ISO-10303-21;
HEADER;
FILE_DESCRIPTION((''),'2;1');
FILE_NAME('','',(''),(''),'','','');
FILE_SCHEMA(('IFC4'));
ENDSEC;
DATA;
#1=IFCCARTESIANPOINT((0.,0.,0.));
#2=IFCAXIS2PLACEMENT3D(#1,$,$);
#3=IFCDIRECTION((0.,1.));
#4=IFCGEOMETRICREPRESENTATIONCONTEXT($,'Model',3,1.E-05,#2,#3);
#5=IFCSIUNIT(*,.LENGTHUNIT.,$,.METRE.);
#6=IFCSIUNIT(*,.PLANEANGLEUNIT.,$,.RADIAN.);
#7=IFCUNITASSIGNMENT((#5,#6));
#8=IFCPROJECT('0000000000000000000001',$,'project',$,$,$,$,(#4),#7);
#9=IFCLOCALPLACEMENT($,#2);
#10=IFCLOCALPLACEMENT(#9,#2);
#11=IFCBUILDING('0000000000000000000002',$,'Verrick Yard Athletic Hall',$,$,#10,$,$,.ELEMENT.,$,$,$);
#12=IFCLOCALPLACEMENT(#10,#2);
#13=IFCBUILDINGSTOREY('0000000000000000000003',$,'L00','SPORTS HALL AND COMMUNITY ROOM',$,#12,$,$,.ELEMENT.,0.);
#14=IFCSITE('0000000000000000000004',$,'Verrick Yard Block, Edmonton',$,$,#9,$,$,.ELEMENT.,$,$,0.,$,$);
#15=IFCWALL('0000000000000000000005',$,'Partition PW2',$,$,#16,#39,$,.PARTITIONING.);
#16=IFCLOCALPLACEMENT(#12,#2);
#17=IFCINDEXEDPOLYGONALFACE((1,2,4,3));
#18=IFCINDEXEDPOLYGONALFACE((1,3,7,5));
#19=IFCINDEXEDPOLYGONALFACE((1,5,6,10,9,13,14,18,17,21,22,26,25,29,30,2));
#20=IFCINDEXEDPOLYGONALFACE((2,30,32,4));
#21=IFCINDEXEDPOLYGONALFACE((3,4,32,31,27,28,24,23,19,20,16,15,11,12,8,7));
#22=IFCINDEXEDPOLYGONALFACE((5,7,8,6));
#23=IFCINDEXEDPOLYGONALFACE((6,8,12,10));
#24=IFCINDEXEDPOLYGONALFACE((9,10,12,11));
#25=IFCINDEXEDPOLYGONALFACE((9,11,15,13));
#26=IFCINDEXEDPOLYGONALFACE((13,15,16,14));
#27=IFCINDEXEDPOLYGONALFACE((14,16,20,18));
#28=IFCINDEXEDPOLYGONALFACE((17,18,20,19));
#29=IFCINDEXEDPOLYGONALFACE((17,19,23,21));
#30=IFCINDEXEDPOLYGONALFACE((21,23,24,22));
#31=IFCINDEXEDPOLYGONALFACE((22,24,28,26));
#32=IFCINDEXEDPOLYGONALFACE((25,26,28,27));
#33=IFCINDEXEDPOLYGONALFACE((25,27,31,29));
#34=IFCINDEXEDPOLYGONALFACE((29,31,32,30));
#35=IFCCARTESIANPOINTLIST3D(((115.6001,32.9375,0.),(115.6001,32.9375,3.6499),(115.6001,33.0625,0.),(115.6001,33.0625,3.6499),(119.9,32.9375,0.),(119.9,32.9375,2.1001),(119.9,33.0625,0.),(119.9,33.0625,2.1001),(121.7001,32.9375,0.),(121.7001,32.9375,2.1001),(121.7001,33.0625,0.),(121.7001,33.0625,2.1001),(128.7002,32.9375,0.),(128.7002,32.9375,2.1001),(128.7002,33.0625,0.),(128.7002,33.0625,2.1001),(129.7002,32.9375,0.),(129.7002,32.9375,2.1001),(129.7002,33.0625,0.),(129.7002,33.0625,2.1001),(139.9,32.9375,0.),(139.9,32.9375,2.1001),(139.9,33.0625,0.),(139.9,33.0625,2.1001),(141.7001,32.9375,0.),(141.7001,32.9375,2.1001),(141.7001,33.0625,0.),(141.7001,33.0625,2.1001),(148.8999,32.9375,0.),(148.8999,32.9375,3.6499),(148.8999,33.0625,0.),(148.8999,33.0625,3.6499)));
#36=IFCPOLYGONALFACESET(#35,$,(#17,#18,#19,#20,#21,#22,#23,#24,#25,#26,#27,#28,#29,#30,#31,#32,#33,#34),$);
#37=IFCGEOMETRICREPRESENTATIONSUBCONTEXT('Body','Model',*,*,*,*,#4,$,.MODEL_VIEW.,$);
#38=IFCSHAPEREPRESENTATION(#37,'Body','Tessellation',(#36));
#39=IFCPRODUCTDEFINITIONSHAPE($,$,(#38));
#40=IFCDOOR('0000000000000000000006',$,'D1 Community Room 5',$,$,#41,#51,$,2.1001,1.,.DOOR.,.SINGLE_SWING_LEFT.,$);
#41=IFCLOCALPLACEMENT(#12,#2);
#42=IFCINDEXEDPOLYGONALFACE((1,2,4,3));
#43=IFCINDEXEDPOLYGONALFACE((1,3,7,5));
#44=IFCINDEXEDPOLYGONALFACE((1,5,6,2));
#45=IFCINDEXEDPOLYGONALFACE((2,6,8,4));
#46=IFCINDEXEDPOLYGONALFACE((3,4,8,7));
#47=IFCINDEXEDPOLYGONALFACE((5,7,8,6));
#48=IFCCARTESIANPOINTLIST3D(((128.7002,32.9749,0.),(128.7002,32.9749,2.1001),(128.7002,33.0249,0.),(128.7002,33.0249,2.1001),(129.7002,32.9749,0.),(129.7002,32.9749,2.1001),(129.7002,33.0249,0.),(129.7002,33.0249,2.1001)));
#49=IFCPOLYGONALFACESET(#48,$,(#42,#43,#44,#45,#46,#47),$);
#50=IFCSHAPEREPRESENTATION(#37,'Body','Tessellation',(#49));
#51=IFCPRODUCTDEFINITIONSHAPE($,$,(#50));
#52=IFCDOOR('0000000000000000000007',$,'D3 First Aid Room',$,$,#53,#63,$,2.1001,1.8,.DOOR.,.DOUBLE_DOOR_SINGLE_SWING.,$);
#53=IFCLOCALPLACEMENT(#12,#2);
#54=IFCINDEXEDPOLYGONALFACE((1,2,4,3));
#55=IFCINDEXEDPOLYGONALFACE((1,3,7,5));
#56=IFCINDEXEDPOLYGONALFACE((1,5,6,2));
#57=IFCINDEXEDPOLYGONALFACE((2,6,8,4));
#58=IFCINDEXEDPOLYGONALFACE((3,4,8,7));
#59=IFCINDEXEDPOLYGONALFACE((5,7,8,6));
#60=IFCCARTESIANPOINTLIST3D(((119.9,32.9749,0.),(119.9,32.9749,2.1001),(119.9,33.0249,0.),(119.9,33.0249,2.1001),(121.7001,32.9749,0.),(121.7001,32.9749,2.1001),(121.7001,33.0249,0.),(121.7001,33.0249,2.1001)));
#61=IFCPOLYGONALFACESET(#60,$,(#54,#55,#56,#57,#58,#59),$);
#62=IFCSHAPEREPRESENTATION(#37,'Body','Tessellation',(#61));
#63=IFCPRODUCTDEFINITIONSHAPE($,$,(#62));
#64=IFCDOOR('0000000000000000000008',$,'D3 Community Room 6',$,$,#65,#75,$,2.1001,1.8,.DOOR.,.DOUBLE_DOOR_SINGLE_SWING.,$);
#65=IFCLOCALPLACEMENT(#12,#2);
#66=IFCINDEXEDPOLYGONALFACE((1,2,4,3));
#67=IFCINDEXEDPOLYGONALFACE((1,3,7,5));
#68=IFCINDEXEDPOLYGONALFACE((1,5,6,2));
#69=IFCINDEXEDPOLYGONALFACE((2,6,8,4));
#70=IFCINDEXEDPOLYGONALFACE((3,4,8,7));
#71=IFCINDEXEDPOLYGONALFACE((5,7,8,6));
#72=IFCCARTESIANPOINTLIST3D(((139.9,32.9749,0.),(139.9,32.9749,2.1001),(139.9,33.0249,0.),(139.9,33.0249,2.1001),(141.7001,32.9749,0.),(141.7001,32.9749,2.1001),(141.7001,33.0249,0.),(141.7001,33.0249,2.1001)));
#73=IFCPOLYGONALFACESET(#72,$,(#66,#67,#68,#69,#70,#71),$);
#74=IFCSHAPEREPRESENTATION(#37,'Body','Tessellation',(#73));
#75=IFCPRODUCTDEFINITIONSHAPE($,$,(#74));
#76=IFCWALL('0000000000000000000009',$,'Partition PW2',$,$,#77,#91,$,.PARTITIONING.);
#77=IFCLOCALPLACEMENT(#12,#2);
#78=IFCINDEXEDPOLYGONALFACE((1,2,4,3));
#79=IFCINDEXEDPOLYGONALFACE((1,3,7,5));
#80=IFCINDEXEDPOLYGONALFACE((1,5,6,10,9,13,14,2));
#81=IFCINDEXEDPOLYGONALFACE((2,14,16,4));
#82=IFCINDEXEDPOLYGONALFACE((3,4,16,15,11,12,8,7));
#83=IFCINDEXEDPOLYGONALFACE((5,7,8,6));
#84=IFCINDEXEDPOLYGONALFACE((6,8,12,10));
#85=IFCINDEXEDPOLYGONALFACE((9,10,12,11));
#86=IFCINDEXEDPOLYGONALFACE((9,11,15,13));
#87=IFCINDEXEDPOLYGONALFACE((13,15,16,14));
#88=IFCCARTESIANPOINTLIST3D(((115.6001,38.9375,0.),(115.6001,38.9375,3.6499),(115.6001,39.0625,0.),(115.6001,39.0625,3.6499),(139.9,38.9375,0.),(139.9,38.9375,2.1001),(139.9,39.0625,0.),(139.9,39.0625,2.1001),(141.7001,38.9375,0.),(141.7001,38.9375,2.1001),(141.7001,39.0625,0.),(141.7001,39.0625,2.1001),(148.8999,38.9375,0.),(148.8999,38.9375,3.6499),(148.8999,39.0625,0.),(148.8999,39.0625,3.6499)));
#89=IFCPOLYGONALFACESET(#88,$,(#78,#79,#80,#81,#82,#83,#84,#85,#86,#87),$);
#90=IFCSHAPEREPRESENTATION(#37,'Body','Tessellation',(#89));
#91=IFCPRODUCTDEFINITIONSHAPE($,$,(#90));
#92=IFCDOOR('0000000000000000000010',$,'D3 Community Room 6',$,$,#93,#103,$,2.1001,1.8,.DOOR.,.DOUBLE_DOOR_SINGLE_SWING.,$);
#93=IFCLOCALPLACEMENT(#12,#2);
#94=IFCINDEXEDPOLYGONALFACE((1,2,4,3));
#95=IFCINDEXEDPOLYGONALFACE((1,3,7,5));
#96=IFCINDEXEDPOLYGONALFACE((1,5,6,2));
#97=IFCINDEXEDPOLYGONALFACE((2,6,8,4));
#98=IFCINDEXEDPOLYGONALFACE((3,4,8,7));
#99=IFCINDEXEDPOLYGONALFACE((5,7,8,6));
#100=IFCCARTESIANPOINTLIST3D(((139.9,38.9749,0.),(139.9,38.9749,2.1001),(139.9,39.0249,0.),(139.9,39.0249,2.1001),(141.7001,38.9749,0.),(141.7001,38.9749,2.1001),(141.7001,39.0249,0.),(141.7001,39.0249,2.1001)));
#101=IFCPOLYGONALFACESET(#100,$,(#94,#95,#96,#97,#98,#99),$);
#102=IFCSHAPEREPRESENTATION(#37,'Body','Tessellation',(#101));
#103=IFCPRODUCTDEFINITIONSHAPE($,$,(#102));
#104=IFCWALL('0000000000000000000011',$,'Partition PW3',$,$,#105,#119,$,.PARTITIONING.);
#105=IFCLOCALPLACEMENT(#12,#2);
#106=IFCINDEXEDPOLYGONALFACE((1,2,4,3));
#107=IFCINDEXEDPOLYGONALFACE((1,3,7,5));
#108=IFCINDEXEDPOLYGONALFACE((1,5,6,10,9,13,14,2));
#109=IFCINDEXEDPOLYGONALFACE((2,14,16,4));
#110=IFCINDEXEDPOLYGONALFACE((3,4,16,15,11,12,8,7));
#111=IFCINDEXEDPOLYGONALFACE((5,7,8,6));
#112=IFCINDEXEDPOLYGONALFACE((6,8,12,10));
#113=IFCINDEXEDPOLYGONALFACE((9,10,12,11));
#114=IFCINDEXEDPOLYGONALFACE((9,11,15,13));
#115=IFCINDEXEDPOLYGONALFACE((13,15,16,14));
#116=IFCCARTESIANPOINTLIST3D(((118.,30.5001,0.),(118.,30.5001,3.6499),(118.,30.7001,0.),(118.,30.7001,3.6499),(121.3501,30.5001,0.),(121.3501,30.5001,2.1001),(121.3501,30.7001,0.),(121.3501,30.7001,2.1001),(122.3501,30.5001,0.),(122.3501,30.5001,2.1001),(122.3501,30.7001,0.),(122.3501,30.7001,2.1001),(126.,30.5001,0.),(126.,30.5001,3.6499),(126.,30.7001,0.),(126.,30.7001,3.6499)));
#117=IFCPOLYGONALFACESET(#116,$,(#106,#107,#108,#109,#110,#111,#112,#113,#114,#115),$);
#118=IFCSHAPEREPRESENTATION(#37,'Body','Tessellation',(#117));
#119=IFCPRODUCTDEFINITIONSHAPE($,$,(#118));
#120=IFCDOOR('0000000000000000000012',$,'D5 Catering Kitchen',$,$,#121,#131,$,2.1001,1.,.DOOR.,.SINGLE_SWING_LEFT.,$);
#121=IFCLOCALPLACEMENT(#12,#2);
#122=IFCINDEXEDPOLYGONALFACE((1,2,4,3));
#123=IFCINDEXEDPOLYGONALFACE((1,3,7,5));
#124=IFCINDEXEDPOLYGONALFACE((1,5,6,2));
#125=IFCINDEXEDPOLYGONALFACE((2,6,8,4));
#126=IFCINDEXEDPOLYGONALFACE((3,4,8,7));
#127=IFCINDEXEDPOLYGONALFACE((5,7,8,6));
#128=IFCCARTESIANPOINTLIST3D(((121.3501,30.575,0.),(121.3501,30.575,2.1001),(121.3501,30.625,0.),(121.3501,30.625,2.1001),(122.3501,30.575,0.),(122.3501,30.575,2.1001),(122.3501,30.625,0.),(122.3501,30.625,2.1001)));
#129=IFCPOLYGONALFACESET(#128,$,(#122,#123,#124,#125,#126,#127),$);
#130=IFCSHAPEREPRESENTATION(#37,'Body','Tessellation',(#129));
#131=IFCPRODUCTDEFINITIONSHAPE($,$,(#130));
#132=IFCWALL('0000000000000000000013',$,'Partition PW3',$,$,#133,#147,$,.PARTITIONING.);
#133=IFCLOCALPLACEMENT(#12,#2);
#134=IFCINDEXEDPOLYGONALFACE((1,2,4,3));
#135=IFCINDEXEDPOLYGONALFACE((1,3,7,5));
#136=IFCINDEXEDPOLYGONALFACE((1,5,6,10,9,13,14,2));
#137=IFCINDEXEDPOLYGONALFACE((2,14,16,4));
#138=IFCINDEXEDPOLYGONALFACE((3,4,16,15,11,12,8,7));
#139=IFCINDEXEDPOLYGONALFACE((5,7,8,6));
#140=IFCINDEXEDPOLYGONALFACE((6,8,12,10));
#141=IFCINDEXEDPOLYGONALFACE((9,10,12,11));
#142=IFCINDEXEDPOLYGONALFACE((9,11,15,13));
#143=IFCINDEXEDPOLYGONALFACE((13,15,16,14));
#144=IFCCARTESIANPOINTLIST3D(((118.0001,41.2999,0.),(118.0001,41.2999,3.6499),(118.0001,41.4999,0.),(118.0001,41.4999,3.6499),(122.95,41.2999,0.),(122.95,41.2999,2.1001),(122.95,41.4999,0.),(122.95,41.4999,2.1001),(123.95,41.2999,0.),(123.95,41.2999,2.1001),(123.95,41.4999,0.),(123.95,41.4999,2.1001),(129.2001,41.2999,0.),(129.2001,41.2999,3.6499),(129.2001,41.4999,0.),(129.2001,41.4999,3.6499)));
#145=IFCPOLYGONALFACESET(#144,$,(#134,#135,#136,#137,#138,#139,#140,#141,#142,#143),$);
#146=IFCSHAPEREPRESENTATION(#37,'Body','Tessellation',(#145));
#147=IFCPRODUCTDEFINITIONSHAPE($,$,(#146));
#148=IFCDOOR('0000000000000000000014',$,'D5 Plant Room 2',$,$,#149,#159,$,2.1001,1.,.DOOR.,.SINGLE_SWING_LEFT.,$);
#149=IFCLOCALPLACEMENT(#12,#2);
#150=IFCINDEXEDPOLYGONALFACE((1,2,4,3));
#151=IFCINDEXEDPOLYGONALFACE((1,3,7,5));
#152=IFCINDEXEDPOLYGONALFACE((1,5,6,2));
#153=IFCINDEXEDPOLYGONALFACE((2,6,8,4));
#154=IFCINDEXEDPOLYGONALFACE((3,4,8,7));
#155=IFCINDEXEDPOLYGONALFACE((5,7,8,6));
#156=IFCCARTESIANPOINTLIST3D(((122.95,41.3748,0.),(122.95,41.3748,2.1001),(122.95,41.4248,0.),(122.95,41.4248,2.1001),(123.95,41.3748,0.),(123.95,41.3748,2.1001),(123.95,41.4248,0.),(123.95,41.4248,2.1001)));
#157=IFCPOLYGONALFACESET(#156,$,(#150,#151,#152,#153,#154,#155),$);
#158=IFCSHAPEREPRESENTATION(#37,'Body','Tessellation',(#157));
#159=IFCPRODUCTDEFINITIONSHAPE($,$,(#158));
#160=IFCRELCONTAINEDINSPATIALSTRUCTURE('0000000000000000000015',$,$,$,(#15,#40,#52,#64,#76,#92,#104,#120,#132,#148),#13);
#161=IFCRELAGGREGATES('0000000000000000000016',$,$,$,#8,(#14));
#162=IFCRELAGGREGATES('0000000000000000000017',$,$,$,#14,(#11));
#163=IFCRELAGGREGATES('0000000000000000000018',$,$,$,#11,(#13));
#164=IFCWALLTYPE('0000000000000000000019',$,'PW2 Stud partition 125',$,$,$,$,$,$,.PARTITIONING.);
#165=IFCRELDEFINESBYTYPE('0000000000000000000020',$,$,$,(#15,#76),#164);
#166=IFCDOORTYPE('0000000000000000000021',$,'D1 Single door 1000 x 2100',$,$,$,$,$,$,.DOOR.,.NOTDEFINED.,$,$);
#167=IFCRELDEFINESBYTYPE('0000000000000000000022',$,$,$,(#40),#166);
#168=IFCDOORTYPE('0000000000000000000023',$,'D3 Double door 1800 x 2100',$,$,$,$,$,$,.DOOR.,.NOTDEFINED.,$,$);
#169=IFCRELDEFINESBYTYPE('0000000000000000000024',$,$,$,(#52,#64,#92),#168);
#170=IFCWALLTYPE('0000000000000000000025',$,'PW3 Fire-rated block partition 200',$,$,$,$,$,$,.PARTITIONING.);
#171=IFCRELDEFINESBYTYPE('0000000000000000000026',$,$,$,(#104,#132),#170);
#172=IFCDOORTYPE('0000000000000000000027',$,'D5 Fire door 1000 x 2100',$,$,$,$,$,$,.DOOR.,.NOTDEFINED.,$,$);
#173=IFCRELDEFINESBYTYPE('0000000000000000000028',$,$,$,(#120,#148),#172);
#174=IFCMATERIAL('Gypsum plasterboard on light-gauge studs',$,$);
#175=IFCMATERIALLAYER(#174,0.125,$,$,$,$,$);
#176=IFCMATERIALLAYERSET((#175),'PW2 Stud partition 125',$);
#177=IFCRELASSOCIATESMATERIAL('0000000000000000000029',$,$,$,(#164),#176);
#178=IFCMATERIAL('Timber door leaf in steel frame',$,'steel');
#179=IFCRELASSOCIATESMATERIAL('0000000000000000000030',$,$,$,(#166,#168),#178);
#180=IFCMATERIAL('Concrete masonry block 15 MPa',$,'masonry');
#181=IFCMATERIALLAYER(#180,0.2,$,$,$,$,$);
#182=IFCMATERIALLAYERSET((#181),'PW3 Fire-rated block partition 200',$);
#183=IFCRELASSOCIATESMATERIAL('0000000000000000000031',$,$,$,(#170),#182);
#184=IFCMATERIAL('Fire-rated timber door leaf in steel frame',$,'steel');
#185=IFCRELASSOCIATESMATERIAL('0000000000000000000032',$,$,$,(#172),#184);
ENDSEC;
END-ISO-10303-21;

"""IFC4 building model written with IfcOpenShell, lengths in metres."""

from ifc_helpers import new_model, si_unit, direction, frame, frame_2d, origin, place, context, subcontext, project, spatial, rectangle, extrude, material, layer, layer_set, type_object, element, fill, save


model = new_model("IFC4")

# Units and contexts
model_context = context("Model", 3, precision=1e-05, world=origin(), true_north=direction((0.0, 1.0)))
body_context = subcontext(model_context, "Body", "Model", "MODEL_VIEW")
ifc_project = project(units=[si_unit("LENGTHUNIT", "METRE"), si_unit("PLANEANGLEUNIT", "RADIAN")], contexts=[model_context])

# Site, building, storey
site_placement = place(None, origin())
site = spatial("IfcSite", under=ifc_project, at=site_placement, Name="Verrick Yard Block, Edmonton", CompositionType="ELEMENT", RefElevation=0.0)
building_placement = place(site_placement, origin())
building = spatial("IfcBuilding", under=site, at=building_placement, Name="Verrick Yard Athletic Hall", CompositionType="ELEMENT")
storey_placement = place(building_placement, origin())
storey = spatial("IfcBuildingStorey", under=building, at=storey_placement, Name="L00", Description="SPORTS HALL AND COMMUNITY ROOM", CompositionType="ELEMENT", Elevation=0.0)

# Shared definitions
ifc_material_1 = material(Name="Concrete masonry block 15 MPa", Category="masonry")

# Wall, openings, doors
ifc_material_2 = material(Name="Gypsum plasterboard on light-gauge studs")
ifc_layer_1 = layer(ifc_material_2, 0.125)
ifc_layer_set_1 = layer_set([ifc_layer_1], Name="PW2 Stud partition 125")
wall_type_1 = type_object("IfcWallType", Name="PW2 Stud partition 125", PredefinedType="PARTITIONING", material=ifc_layer_set_1)
wall_1_placement = place(storey_placement, frame((115.6001, 33.0, 0.0), z_axis=(0.0, 0.0, 1.0), x_axis=(1.0, 0.0, 0.0)))
wall_1 = element("IfcWall", 1, at=wall_1_placement, inside=storey, type_object=wall_type_1, Name="Partition PW2", PredefinedType="PARTITIONING", context=body_context, shape_type="SweptSolid", body=[
    extrude(rectangle(XDim=33.2998, YDim=0.125, at=frame_2d((16.6499, 0.0))), origin(), (0.0, 0.0, 1.0), 3.6499),
])
opening_1_placement = place(wall_1_placement, frame((4.3, 0.0, 0.0)))
opening_1 = element("IfcOpeningElement", 2, at=opening_1_placement, cuts=wall_1, PredefinedType="OPENING", context=body_context, shape_type="SweptSolid", body=[
    extrude(rectangle(XDim=1.8, YDim=2.1001, at=frame_2d((0.8999, 1.05))), frame((0.0, 0.0725, 0.0), z_axis=(0.0, -1.0, 0.0), x_axis=(1.0, 0.0, 0.0)), (0.0, 0.0, 1.0), 0.145),
])
opening_2_placement = place(wall_1_placement, frame((13.1001, 0.0, 0.0)))
opening_2 = element("IfcOpeningElement", 3, at=opening_2_placement, cuts=wall_1, PredefinedType="OPENING", context=body_context, shape_type="SweptSolid", body=[
    extrude(rectangle(XDim=1.0, YDim=2.1001, at=frame_2d((0.5, 1.05))), frame((0.0, 0.0725, 0.0), z_axis=(0.0, -1.0, 0.0), x_axis=(1.0, 0.0, 0.0)), (0.0, 0.0, 1.0), 0.145),
])
opening_3_placement = place(wall_1_placement, frame((24.3, 0.0, 0.0)))
opening_3 = element("IfcOpeningElement", 4, at=opening_3_placement, cuts=wall_1, PredefinedType="OPENING", context=body_context, shape_type="SweptSolid", body=[
    extrude(rectangle(XDim=1.8, YDim=2.1001, at=frame_2d((0.8999, 1.05))), frame((0.0, 0.0725, 0.0), z_axis=(0.0, -1.0, 0.0), x_axis=(1.0, 0.0, 0.0)), (0.0, 0.0, 1.0), 0.145),
])
ifc_material_3 = material(Name="Timber door leaf in steel frame", Category="steel")
door_type_1 = type_object("IfcDoorType", Name="D1 Single door 1000 x 2100", OperationType="NOTDEFINED", PredefinedType="DOOR", material=ifc_material_3)
door_1_placement = place(opening_2_placement, origin())
door_1 = element("IfcDoor", 5, at=door_1_placement, inside=storey, type_object=door_type_1, Name="D1 Community Room 5", OperationType="SINGLE_SWING_LEFT", OverallHeight=2.1001, OverallWidth=1.0, PredefinedType="DOOR", context=body_context, shape_type="SweptSolid", body=[
    extrude(rectangle(XDim=1.0, YDim=2.1001, at=frame_2d((0.5, 1.05))), frame((0.0, 0.0249, 0.0), z_axis=(0.0, -1.0, 0.0), x_axis=(1.0, 0.0, 0.0)), (0.0, 0.0, 1.0), 0.05),
])
fill(opening_2, door_1)
door_type_2 = type_object("IfcDoorType", Name="D3 Double door 1800 x 2100", OperationType="NOTDEFINED", PredefinedType="DOOR", material=ifc_material_3)
door_2_placement = place(opening_1_placement, origin())
door_2 = element("IfcDoor", 6, at=door_2_placement, inside=storey, type_object=door_type_2, Name="D3 First Aid Room", OperationType="DOUBLE_DOOR_SINGLE_SWING", OverallHeight=2.1001, OverallWidth=1.8, PredefinedType="DOOR", context=body_context, shape_type="SweptSolid", body=[
    extrude(rectangle(XDim=1.8, YDim=2.1001, at=frame_2d((0.8999, 1.05))), frame((0.0, 0.0249, 0.0), z_axis=(0.0, -1.0, 0.0), x_axis=(1.0, 0.0, 0.0)), (0.0, 0.0, 1.0), 0.05),
])
fill(opening_1, door_2)
door_3_placement = place(opening_3_placement, origin())
door_3 = element("IfcDoor", 7, at=door_3_placement, inside=storey, type_object=door_type_2, Name="D3 Community Room 6", OperationType="DOUBLE_DOOR_SINGLE_SWING", OverallHeight=2.1001, OverallWidth=1.8, PredefinedType="DOOR", context=body_context, shape_type="SweptSolid", body=[
    extrude(rectangle(XDim=1.8, YDim=2.1001, at=frame_2d((0.8999, 1.05))), frame((0.0, 0.0249, 0.0), z_axis=(0.0, -1.0, 0.0), x_axis=(1.0, 0.0, 0.0)), (0.0, 0.0, 1.0), 0.05),
])
fill(opening_3, door_3)

# Walls, openings, doors
wall_2_placement = place(storey_placement, frame((115.6001, 39.0, 0.0), z_axis=(0.0, 0.0, 1.0), x_axis=(1.0, 0.0, 0.0)))
wall_2 = element("IfcWall", 8, at=wall_2_placement, inside=storey, type_object=wall_type_1, Name="Partition PW2", PredefinedType="PARTITIONING", context=body_context, shape_type="SweptSolid", body=[
    extrude(rectangle(XDim=33.2998, YDim=0.125, at=frame_2d((16.6499, 0.0))), origin(), (0.0, 0.0, 1.0), 3.6499),
])
opening_4_placement = place(wall_2_placement, frame((24.3, 0.0, 0.0)))
opening_4 = element("IfcOpeningElement", 9, at=opening_4_placement, cuts=wall_2, PredefinedType="OPENING", context=body_context, shape_type="SweptSolid", body=[
    extrude(rectangle(XDim=1.8, YDim=2.1001, at=frame_2d((0.8999, 1.05))), frame((0.0, 0.0725, 0.0), z_axis=(0.0, -1.0, 0.0), x_axis=(1.0, 0.0, 0.0)), (0.0, 0.0, 1.0), 0.145),
])
door_4_placement = place(opening_4_placement, origin())
door_4 = element("IfcDoor", 10, at=door_4_placement, inside=storey, type_object=door_type_2, Name="D3 Community Room 6", OperationType="DOUBLE_DOOR_SINGLE_SWING", OverallHeight=2.1001, OverallWidth=1.8, PredefinedType="DOOR", context=body_context, shape_type="SweptSolid", body=[
    extrude(rectangle(XDim=1.8, YDim=2.1001, at=frame_2d((0.8999, 1.05))), frame((0.0, 0.0249, 0.0), z_axis=(0.0, -1.0, 0.0), x_axis=(1.0, 0.0, 0.0)), (0.0, 0.0, 1.0), 0.05),
])
fill(opening_4, door_4)
ifc_layer_2 = layer(ifc_material_1, 0.2)
ifc_layer_set_2 = layer_set([ifc_layer_2], Name="PW3 Fire-rated block partition 200")
wall_type_2 = type_object("IfcWallType", Name="PW3 Fire-rated block partition 200", PredefinedType="PARTITIONING", material=ifc_layer_set_2)
wall_3_placement = place(storey_placement, frame((118.0, 30.6001, 0.0), z_axis=(0.0, 0.0, 1.0), x_axis=(1.0, 0.0, 0.0)))
wall_3 = element("IfcWall", 11, at=wall_3_placement, inside=storey, type_object=wall_type_2, Name="Partition PW3", PredefinedType="PARTITIONING", context=body_context, shape_type="SweptSolid", body=[
    extrude(rectangle(XDim=8.0, YDim=0.2, at=frame_2d((4.0, 0.0))), origin(), (0.0, 0.0, 1.0), 3.6499),
])
opening_5_placement = place(wall_3_placement, frame((3.3501, 0.0, 0.0)))
opening_5 = element("IfcOpeningElement", 12, at=opening_5_placement, cuts=wall_3, PredefinedType="OPENING", context=body_context, shape_type="SweptSolid", body=[
    extrude(rectangle(XDim=1.0, YDim=2.1001, at=frame_2d((0.5, 1.05))), frame((0.0, 0.1099, 0.0), z_axis=(0.0, -1.0, 0.0), x_axis=(1.0, 0.0, 0.0)), (0.0, 0.0, 1.0), 0.22),
])
ifc_material_4 = material(Name="Fire-rated timber door leaf in steel frame", Category="steel")
door_type_3 = type_object("IfcDoorType", Name="D5 Fire door 1000 x 2100", OperationType="NOTDEFINED", PredefinedType="DOOR", material=ifc_material_4)
door_5_placement = place(opening_5_placement, origin())
door_5 = element("IfcDoor", 13, at=door_5_placement, inside=storey, type_object=door_type_3, Name="D5 Catering Kitchen", OperationType="SINGLE_SWING_LEFT", OverallHeight=2.1001, OverallWidth=1.0, PredefinedType="DOOR", context=body_context, shape_type="SweptSolid", body=[
    extrude(rectangle(XDim=1.0, YDim=2.1001, at=frame_2d((0.5, 1.05))), frame((0.0, 0.0249, 0.0), z_axis=(0.0, -1.0, 0.0), x_axis=(1.0, 0.0, 0.0)), (0.0, 0.0, 1.0), 0.05),
])
fill(opening_5, door_5)
wall_4_placement = place(storey_placement, frame((118.0, 41.3999, 0.0), z_axis=(0.0, 0.0, 1.0), x_axis=(1.0, 0.0, 0.0)))
wall_4 = element("IfcWall", 14, at=wall_4_placement, inside=storey, type_object=wall_type_2, Name="Partition PW3", PredefinedType="PARTITIONING", context=body_context, shape_type="SweptSolid", body=[
    extrude(rectangle(XDim=11.2, YDim=0.2, at=frame_2d((5.6001, 0.0))), origin(), (0.0, 0.0, 1.0), 3.6499),
])
opening_6_placement = place(wall_4_placement, frame((4.95, 0.0, 0.0)))
opening_6 = element("IfcOpeningElement", 15, at=opening_6_placement, cuts=wall_4, PredefinedType="OPENING", context=body_context, shape_type="SweptSolid", body=[
    extrude(rectangle(XDim=1.0, YDim=2.1001, at=frame_2d((0.5, 1.05))), frame((0.0, 0.1099, 0.0), z_axis=(0.0, -1.0, 0.0), x_axis=(1.0, 0.0, 0.0)), (0.0, 0.0, 1.0), 0.22),
])
door_6_placement = place(opening_6_placement, origin())
door_6 = element("IfcDoor", 16, at=door_6_placement, inside=storey, type_object=door_type_3, Name="D5 Plant Room 2", OperationType="SINGLE_SWING_LEFT", OverallHeight=2.1001, OverallWidth=1.0, PredefinedType="DOOR", context=body_context, shape_type="SweptSolid", body=[
    extrude(rectangle(XDim=1.0, YDim=2.1001, at=frame_2d((0.5, 1.05))), frame((0.0, 0.0249, 0.0), z_axis=(0.0, -1.0, 0.0), x_axis=(1.0, 0.0, 0.0)), (0.0, 0.0, 1.0), 0.05),
])
fill(opening_6, door_6)

save(model, "model.ifc")
